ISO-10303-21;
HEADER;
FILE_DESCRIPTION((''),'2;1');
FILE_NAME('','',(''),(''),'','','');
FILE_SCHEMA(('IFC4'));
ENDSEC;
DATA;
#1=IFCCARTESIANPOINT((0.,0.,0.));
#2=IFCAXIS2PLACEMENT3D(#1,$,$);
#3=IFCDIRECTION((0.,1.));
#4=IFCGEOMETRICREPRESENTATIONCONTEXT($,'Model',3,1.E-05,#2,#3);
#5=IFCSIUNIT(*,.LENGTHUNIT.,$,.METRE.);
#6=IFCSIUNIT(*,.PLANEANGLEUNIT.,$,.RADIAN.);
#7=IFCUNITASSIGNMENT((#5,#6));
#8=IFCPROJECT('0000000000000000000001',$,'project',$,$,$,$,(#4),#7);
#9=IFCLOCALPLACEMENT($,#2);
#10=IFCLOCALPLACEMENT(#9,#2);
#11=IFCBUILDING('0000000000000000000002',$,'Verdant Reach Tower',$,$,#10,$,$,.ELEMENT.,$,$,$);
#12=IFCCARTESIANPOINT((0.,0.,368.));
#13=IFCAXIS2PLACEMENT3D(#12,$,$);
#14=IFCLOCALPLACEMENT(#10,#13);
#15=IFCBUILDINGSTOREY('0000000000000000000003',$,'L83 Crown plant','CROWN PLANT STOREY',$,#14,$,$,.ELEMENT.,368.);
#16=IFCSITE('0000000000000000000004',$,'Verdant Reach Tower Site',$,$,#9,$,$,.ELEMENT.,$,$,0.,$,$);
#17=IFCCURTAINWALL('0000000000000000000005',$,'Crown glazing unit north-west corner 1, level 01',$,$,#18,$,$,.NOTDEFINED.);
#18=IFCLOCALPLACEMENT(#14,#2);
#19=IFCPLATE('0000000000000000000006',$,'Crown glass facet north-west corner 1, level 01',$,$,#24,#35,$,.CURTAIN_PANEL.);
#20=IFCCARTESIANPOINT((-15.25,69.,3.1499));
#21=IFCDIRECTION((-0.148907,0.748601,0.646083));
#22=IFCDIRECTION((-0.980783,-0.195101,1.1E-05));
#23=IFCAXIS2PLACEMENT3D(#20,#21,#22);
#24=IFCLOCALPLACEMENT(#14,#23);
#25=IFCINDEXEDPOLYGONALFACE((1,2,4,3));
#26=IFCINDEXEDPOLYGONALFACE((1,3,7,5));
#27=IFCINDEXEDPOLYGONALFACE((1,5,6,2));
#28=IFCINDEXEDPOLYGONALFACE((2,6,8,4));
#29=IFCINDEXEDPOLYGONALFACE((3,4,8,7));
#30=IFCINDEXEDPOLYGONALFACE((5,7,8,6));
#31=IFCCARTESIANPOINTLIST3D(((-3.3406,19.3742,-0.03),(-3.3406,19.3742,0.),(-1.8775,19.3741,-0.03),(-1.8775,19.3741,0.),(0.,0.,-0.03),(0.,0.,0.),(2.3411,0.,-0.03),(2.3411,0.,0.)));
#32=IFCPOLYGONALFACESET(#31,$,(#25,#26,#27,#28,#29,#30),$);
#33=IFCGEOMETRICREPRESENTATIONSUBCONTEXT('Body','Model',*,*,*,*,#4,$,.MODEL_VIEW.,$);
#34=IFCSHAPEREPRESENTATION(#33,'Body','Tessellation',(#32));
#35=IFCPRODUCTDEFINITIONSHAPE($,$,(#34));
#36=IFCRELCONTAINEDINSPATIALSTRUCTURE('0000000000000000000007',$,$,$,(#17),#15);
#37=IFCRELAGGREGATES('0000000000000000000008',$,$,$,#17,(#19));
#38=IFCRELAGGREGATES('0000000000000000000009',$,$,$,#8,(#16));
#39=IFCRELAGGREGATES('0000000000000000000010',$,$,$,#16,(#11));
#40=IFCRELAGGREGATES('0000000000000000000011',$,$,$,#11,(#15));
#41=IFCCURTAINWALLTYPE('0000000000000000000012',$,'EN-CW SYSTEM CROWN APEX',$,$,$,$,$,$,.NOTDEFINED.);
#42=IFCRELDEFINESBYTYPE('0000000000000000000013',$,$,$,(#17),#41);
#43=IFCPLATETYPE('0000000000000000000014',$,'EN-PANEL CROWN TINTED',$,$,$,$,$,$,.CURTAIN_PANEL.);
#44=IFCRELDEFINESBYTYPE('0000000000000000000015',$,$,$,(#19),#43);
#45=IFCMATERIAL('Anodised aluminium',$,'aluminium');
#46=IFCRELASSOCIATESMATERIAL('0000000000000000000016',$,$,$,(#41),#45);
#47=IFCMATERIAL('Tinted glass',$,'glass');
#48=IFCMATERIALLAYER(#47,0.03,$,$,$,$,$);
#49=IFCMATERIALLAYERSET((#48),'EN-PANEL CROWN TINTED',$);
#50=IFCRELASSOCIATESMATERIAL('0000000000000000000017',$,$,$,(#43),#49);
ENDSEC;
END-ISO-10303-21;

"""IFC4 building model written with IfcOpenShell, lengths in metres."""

from ifc_helpers import new_model, si_unit, direction, frame, origin, place, context, subcontext, project, spatial, polyline, outline, extrude, material, layer, layer_set, type_object, element, aggregate, save


model = new_model("IFC4")

# Units and contexts
model_context = context("Model", 3, precision=1e-05, world=origin(), true_north=direction((0.0, 1.0)))
body_context = subcontext(model_context, "Body", "Model", "MODEL_VIEW")
ifc_project = project(units=[si_unit("LENGTHUNIT", "METRE"), si_unit("PLANEANGLEUNIT", "RADIAN")], contexts=[model_context])

# Site, building, storey
site_placement = place(None, origin())
site = spatial("IfcSite", under=ifc_project, at=site_placement, Name="Verdant Reach Tower Site", CompositionType="ELEMENT", RefElevation=0.0)
building_placement = place(site_placement, origin())
building = spatial("IfcBuilding", under=site, at=building_placement, Name="Verdant Reach Tower", CompositionType="ELEMENT")
storey_placement = place(building_placement, frame((0.0, 0.0, 368.0)))
storey = spatial("IfcBuildingStorey", under=building, at=storey_placement, Name="L83 Crown plant", Description="CROWN PLANT STOREY", CompositionType="ELEMENT", Elevation=368.0)

# Curtain wall
ifc_material_1 = material(Name="Anodised aluminium", Category="aluminium")
curtain_wall_type = type_object("IfcCurtainWallType", Name="EN-CW SYSTEM CROWN APEX", PredefinedType="NOTDEFINED", material=ifc_material_1)
curtain_wall_1_placement = place(storey_placement, origin())
curtain_wall_1 = element("IfcCurtainWall", 1, at=curtain_wall_1_placement, inside=storey, type_object=curtain_wall_type, Name="Crown glazing unit north-west corner 1, level 01", PredefinedType="NOTDEFINED")

# Plate
ifc_material_2 = material(Name="Tinted glass", Category="glass")
ifc_layer_1 = layer(ifc_material_2, 0.03)
ifc_layer_set_1 = layer_set([ifc_layer_1], Name="EN-PANEL CROWN TINTED")
plate_type = type_object("IfcPlateType", Name="EN-PANEL CROWN TINTED", PredefinedType="CURTAIN_PANEL", material=ifc_layer_set_1)
plate_1_placement = place(storey_placement, frame((-15.25, 69.0, 3.1499), z_axis=(-0.148907, 0.748601, 0.646083), x_axis=(-0.980783, -0.195101, 0.000011)))
plate_1 = element("IfcPlate", 2, at=plate_1_placement, type_object=plate_type, Name="Crown glass facet north-west corner 1, level 01", PredefinedType="CURTAIN_PANEL", context=body_context, shape_type="SweptSolid", body=[
    extrude(outline(polyline([(0.0, 0.0), (2.3411, 0.0), (-1.8775, 19.3741), (-3.3406, 19.3742), (0.0, 0.0)])), origin(), (0.0, 0.0, -1.0), 0.03),
])
aggregate(curtain_wall_1, [plate_1])

save(model, "model.ifc")
